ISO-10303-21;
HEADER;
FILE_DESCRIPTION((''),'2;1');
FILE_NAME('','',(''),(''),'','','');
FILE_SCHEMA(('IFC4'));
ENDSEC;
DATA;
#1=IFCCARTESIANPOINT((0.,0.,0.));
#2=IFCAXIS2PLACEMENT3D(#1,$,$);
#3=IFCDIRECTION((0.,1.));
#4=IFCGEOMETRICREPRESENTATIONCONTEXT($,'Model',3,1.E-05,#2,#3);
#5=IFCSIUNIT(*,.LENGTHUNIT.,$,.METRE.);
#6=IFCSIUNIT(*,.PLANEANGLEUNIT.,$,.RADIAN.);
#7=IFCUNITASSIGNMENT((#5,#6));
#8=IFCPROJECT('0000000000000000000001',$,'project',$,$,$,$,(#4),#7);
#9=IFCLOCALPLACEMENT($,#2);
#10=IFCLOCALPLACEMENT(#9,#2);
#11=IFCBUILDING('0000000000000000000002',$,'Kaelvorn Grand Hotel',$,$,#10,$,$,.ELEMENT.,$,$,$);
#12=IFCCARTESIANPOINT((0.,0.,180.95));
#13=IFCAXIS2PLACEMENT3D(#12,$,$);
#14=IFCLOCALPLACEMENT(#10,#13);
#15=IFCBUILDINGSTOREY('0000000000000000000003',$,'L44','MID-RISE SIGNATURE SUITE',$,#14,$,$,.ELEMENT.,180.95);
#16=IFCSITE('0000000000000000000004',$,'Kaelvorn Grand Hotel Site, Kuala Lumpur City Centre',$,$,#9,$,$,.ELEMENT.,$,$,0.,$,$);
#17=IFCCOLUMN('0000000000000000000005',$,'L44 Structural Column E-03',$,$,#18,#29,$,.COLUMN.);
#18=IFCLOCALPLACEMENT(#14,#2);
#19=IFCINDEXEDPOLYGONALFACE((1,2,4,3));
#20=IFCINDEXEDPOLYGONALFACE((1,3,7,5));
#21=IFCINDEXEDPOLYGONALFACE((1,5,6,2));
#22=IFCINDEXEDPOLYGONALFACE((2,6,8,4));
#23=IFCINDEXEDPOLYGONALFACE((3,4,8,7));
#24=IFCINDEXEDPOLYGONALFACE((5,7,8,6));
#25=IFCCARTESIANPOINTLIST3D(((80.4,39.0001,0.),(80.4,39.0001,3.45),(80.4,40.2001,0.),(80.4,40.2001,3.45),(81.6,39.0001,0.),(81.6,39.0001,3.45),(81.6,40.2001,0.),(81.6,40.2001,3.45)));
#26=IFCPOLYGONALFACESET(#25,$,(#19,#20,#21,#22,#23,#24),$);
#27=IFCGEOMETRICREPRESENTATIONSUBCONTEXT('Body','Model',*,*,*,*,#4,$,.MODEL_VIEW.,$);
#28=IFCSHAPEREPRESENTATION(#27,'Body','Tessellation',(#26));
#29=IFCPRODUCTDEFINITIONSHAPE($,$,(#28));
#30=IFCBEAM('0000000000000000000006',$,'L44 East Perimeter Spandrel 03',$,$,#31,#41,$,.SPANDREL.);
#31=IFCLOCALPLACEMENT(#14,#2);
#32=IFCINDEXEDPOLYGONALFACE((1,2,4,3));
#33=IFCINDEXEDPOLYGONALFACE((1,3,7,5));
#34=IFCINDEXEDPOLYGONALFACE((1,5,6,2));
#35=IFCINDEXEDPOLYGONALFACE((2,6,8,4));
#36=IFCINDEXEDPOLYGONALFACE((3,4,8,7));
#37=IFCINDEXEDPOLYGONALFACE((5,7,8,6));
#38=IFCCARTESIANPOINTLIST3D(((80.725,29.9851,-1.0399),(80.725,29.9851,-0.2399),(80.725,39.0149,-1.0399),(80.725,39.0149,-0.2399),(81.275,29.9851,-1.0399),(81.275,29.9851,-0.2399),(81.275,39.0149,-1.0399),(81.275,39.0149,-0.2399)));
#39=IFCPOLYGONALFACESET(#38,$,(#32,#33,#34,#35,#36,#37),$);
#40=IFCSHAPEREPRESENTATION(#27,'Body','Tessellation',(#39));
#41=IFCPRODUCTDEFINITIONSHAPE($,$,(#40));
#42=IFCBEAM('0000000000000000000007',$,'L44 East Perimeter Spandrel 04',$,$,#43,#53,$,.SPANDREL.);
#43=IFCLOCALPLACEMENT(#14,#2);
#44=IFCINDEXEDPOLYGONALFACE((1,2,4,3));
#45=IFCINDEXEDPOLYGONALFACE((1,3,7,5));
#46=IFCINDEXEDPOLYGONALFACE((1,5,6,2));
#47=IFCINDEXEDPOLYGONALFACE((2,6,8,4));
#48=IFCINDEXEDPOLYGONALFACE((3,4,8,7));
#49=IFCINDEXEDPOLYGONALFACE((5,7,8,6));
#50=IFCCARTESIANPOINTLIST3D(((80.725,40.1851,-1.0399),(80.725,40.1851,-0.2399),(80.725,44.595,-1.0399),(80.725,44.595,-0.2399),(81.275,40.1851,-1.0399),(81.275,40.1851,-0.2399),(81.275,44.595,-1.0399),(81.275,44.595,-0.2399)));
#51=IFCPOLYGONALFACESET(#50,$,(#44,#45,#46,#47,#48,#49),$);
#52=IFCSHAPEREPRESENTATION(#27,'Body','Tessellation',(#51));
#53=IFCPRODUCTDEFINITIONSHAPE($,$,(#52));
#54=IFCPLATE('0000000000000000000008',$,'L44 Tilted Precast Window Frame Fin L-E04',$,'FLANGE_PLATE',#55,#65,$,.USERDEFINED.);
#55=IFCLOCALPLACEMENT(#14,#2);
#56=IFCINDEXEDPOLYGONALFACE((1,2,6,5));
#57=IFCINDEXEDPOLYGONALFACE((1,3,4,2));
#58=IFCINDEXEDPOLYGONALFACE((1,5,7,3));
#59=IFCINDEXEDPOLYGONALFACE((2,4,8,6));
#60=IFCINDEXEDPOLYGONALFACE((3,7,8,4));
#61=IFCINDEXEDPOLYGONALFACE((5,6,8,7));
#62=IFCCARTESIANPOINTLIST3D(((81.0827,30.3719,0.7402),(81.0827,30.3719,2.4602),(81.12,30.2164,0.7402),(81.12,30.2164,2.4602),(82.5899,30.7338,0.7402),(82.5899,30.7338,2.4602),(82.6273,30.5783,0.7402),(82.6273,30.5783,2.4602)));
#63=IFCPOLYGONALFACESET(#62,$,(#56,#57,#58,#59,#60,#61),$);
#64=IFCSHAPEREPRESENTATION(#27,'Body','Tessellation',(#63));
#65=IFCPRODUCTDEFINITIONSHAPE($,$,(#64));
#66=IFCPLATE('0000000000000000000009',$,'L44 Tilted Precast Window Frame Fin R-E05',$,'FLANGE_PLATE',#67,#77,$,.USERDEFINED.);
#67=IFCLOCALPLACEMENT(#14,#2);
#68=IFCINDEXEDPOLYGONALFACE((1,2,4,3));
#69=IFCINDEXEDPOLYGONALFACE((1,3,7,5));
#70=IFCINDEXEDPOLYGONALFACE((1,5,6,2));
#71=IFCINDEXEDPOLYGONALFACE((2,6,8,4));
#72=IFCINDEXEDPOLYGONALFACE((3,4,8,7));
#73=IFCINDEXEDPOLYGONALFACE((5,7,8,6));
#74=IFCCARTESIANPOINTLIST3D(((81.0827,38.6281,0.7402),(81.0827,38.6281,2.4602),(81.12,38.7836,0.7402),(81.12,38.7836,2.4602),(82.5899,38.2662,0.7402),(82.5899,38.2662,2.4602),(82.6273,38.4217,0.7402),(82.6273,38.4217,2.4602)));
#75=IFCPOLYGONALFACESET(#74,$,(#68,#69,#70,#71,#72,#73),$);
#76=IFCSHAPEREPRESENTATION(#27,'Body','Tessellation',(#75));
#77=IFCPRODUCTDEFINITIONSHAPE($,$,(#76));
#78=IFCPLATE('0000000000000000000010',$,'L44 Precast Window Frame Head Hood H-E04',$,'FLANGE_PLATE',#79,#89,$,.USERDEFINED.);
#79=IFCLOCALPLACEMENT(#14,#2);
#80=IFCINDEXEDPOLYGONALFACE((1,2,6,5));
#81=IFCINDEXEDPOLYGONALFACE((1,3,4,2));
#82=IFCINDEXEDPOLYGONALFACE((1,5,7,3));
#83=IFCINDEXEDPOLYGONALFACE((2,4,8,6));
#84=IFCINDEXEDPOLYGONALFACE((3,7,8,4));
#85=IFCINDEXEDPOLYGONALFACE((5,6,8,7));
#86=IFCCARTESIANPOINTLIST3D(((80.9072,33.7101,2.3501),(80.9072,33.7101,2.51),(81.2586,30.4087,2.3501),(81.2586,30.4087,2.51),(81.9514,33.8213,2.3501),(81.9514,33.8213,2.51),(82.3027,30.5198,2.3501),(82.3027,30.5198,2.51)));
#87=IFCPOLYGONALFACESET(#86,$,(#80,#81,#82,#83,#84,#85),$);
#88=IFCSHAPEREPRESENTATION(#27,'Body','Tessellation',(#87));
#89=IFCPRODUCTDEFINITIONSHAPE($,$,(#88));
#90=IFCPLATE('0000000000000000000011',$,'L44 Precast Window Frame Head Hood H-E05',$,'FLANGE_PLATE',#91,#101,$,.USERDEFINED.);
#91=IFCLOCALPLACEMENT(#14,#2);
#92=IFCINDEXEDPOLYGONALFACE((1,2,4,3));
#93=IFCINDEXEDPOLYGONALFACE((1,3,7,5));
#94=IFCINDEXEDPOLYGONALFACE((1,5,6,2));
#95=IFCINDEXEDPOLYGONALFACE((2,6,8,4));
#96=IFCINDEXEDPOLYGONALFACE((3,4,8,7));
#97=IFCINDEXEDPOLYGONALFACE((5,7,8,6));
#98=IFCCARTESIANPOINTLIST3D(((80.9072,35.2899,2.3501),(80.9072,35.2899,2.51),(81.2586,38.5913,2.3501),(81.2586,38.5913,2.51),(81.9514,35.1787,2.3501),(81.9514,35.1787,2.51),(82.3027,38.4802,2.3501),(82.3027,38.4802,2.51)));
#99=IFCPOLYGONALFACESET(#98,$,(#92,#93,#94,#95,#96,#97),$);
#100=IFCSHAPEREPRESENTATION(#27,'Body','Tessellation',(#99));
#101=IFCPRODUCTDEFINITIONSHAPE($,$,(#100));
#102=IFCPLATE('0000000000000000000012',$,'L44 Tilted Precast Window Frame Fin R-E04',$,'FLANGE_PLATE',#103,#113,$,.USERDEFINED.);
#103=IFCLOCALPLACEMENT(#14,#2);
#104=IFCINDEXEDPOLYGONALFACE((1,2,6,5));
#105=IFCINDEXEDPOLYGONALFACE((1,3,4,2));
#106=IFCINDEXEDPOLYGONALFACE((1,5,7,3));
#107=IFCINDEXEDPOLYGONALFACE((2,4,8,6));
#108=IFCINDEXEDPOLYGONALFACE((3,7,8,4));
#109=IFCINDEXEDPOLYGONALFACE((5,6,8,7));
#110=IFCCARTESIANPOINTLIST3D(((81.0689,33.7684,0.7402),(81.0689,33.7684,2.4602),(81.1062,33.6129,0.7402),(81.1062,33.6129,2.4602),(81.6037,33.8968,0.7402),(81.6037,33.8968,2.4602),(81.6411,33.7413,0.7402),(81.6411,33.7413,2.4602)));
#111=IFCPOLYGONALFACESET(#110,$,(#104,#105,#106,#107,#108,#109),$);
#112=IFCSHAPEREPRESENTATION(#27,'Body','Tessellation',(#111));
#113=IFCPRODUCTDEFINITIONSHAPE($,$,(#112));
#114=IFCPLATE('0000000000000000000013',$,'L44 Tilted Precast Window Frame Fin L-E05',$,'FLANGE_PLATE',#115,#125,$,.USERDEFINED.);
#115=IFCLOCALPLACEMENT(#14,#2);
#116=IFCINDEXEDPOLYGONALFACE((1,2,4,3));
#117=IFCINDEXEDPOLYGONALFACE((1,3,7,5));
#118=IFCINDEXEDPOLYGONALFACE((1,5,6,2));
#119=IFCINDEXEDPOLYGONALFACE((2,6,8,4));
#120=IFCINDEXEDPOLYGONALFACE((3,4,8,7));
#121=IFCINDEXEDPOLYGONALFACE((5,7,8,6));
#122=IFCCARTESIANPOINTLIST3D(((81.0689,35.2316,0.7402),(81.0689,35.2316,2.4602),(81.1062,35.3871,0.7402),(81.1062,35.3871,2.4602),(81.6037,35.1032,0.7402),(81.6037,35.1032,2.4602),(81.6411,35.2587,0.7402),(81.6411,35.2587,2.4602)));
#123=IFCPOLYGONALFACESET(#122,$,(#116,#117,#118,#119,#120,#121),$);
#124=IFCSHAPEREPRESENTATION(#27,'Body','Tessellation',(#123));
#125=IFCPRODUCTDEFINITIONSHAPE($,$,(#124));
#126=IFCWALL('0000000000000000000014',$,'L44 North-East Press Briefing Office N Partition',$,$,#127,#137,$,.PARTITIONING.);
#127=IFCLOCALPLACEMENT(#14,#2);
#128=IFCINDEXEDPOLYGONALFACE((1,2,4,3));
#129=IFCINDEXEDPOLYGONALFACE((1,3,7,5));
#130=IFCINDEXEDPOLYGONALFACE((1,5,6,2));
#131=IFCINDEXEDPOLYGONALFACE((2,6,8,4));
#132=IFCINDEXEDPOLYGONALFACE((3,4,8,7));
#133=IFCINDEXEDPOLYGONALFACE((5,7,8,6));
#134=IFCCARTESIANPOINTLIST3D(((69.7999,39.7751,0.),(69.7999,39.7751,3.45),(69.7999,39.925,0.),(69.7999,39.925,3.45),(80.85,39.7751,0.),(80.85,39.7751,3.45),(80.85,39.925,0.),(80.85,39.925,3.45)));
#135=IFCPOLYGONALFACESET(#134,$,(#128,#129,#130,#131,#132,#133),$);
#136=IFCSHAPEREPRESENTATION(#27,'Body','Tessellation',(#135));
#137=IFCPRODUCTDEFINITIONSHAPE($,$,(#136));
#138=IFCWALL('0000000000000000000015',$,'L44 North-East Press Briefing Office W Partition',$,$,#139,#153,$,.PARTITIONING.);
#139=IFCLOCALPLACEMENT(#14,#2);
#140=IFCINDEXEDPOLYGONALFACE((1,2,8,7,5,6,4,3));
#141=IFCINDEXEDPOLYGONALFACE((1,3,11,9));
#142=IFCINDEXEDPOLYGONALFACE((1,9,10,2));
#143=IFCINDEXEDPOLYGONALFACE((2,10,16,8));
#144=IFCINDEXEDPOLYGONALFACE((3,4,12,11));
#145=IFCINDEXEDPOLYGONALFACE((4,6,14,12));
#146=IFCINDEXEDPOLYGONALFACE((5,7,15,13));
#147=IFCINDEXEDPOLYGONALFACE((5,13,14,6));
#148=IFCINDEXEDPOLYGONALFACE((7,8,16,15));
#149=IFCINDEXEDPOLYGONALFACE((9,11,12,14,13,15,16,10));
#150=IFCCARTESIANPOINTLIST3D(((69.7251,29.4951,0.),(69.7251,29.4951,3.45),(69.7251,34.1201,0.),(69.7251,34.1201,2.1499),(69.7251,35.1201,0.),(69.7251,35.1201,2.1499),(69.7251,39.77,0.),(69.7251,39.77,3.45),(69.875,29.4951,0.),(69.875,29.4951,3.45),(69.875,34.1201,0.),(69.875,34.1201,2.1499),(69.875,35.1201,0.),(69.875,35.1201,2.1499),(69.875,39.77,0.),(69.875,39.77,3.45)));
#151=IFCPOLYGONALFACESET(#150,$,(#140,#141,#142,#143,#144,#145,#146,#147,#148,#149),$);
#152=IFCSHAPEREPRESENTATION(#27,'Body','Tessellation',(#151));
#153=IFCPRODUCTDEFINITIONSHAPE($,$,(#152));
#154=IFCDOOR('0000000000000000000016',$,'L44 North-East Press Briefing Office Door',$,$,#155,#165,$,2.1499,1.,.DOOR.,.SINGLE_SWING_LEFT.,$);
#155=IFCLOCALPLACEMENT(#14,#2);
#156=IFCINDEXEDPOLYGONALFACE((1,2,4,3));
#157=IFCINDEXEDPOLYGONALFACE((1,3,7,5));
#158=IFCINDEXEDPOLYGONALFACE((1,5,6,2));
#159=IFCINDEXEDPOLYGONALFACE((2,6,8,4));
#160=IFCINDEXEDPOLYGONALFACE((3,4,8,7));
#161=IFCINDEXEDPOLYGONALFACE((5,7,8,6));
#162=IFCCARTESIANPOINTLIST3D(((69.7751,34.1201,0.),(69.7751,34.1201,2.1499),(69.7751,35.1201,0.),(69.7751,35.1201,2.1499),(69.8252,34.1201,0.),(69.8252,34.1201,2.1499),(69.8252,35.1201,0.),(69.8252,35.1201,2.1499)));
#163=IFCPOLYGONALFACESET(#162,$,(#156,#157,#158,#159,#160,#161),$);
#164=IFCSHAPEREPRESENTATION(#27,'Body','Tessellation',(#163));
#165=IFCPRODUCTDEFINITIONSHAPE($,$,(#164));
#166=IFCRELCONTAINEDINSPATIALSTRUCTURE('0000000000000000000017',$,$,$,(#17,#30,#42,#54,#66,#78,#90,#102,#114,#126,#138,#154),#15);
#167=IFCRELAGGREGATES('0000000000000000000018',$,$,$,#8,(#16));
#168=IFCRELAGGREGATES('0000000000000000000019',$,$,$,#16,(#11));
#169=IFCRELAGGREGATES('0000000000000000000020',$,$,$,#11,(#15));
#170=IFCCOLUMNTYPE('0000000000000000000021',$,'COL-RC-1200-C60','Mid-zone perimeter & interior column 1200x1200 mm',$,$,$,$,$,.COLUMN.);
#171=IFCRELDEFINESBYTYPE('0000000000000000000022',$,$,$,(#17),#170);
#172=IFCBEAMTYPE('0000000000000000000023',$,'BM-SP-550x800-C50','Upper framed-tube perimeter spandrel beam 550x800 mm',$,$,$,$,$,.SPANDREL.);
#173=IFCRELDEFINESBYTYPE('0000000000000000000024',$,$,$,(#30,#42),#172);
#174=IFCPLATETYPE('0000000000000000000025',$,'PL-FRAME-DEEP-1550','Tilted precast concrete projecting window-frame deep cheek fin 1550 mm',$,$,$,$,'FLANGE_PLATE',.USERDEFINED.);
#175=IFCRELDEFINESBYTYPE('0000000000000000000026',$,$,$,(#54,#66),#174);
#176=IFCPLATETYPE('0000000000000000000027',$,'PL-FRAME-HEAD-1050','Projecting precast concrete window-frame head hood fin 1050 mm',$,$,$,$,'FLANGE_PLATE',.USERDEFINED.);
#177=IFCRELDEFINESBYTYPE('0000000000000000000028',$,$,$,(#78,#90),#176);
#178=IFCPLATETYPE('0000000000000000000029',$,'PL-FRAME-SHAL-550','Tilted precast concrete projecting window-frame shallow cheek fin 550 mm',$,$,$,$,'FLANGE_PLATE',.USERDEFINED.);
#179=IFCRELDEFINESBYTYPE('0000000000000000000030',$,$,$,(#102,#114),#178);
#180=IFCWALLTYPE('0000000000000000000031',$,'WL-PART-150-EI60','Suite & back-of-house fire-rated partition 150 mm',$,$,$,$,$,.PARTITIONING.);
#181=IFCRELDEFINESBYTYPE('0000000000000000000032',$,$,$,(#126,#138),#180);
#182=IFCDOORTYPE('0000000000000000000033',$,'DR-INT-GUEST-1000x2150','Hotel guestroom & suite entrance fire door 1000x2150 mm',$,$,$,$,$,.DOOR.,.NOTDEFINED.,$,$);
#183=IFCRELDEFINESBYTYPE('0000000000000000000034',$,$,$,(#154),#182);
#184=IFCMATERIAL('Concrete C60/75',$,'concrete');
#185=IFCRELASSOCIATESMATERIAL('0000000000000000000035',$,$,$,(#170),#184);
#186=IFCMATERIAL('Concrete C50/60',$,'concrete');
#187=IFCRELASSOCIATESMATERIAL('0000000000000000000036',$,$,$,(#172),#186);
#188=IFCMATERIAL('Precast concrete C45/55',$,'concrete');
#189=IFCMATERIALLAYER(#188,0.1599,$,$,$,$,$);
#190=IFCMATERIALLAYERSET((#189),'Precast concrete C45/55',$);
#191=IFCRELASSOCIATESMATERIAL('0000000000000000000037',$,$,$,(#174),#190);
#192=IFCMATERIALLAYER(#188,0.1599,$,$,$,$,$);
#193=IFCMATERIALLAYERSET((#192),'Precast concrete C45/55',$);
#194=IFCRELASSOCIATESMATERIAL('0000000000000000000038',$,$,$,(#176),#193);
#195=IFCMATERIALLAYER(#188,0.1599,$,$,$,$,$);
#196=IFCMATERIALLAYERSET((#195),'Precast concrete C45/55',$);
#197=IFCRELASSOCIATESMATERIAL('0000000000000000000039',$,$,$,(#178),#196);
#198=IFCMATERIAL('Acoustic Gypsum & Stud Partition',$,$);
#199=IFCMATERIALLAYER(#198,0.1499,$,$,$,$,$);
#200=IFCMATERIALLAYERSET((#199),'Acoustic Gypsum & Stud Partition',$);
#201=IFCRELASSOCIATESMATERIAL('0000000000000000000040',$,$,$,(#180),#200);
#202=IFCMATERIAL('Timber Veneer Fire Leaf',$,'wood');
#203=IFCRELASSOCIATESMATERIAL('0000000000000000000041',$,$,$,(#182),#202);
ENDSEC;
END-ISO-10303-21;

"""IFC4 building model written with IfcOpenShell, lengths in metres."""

from ifc_helpers import new_model, si_unit, direction, frame, frame_2d, origin, origin_2d, place, context, subcontext, project, spatial, rectangle, extrude, material, layer, layer_set, material_profile, profile_set, type_object, element, fill, save


model = new_model("IFC4")

# Units and contexts
model_context = context("Model", 3, precision=1e-05, world=origin(), true_north=direction((0.0, 1.0)))
body_context = subcontext(model_context, "Body", "Model", "MODEL_VIEW")
ifc_project = project(units=[si_unit("LENGTHUNIT", "METRE"), si_unit("PLANEANGLEUNIT", "RADIAN")], contexts=[model_context])

# Site, building, storey
site_placement = place(None, origin())
site = spatial("IfcSite", under=ifc_project, at=site_placement, Name="Kaelvorn Grand Hotel Site, Kuala Lumpur City Centre", CompositionType="ELEMENT", RefElevation=0.0)
building_placement = place(site_placement, origin())
building = spatial("IfcBuilding", under=site, at=building_placement, Name="Kaelvorn Grand Hotel", CompositionType="ELEMENT")
storey_placement = place(building_placement, frame((0.0, 0.0, 180.95)))
storey = spatial("IfcBuildingStorey", under=building, at=storey_placement, Name="L44", Description="MID-RISE SIGNATURE SUITE", CompositionType="ELEMENT", Elevation=180.95)

# Column
ifc_material_1 = material(Name="Concrete C60/75", Category="concrete")
ifc_material_profile_1 = material_profile(ifc_material_1, rectangle(XDim=1.2, YDim=1.2, at=origin_2d()), Name="RC COL 1200x1200")
ifc_profile_set_1 = profile_set([ifc_material_profile_1], Name="Concrete C60/75")
column_type = type_object("IfcColumnType", Name="COL-RC-1200-C60", Description="Mid-zone perimeter & interior column 1200x1200 mm", PredefinedType="COLUMN", material=ifc_profile_set_1)
column_placement = place(storey_placement, frame((81.0, 39.6001, 0.0), z_axis=(0.0, 0.0, 1.0), x_axis=(1.0, 0.0, 0.0)))
element("IfcColumn", 1, at=column_placement, inside=storey, type_object=column_type, Name="L44 Structural Column E-03", PredefinedType="COLUMN", context=body_context, shape_type="SweptSolid", body=[
    extrude(rectangle(XDim=1.2, YDim=1.2, at=origin_2d()), origin(), (0.0, 0.0, 1.0), 3.45),
])

# Beams
ifc_material_2 = material(Name="Concrete C50/60", Category="concrete")
ifc_material_profile_2 = material_profile(ifc_material_2, rectangle(XDim=0.55, YDim=0.8, at=origin_2d()), Name="RC SPANDREL 550x800")
ifc_profile_set_2 = profile_set([ifc_material_profile_2], Name="Concrete C50/60")
beam_type = type_object("IfcBeamType", Name="BM-SP-550x800-C50", Description="Upper framed-tube perimeter spandrel beam 550x800 mm", PredefinedType="SPANDREL", material=ifc_profile_set_2)
beam_1_placement = place(storey_placement, frame((81.0, 29.9851, -0.6399), z_axis=(0.0, 1.0, 0.0), x_axis=(-1.0, 0.0, 0.0)))
element("IfcBeam", 2, at=beam_1_placement, inside=storey, type_object=beam_type, Name="L44 East Perimeter Spandrel 03", PredefinedType="SPANDREL", context=body_context, shape_type="SweptSolid", body=[
    extrude(rectangle(XDim=0.55, YDim=0.8, at=origin_2d()), origin(), (0.0, 0.0, 1.0), 9.0298),
])
beam_2_placement = place(storey_placement, frame((81.0, 40.1851, -0.6399), z_axis=(0.0, 1.0, 0.0), x_axis=(-1.0, 0.0, 0.0)))
element("IfcBeam", 3, at=beam_2_placement, inside=storey, type_object=beam_type, Name="L44 East Perimeter Spandrel 04", PredefinedType="SPANDREL", context=body_context, shape_type="SweptSolid", body=[
    extrude(rectangle(XDim=0.55, YDim=0.8, at=origin_2d()), origin(), (0.0, 0.0, 1.0), 4.4099),
])

# Plates
ifc_material_3 = material(Name="Precast concrete C45/55", Category="concrete")
ifc_layer_1 = layer(ifc_material_3, 0.1599)
ifc_layer_set_1 = layer_set([ifc_layer_1], Name="Precast concrete C45/55")
plate_type_1 = type_object("IfcPlateType", Name="PL-FRAME-DEEP-1550", Description="Tilted precast concrete projecting window-frame deep cheek fin 1550 mm", ElementType="FLANGE_PLATE", PredefinedType="USERDEFINED", material=ifc_layer_set_1)
for number, where, z_axis, x_axis, name in (
    (4, (81.855, 30.4751, 0.7402), (0.0, 0.0, 1.0), (-0.233445, 0.97237, 0.0), "L44 Tilted Precast Window Frame Fin L-E04"),
    (5, (81.855, 38.5249, 0.7402), (0.0, 0.0, 1.0), (0.233445, 0.97237, 0.0), "L44 Tilted Precast Window Frame Fin R-E05"),
):
    element("IfcPlate", number, at=place(storey_placement, frame(where, z_axis=z_axis, x_axis=x_axis)), inside=storey, type_object=plate_type_1, Name=name, ObjectType="FLANGE_PLATE", PredefinedType="USERDEFINED", context=body_context, shape_type="SweptSolid", body=[
        extrude(rectangle(XDim=0.1599, YDim=1.55, at=origin_2d()), origin(), (0.0, 0.0, 1.0), 1.72),
    ])
ifc_layer_2 = layer(ifc_material_3, 0.1599)
ifc_layer_set_2 = layer_set([ifc_layer_2], Name="Precast concrete C45/55")
plate_type_2 = type_object("IfcPlateType", Name="PL-FRAME-HEAD-1050", Description="Projecting precast concrete window-frame head hood fin 1050 mm", ElementType="FLANGE_PLATE", PredefinedType="USERDEFINED", material=ifc_layer_set_2)
for number, where, z_axis, x_axis, name in (
    (6, (81.605, 32.115, 2.3501), (0.0, 0.0, 1.0), (-0.10583, 0.994384, 0.0), "L44 Precast Window Frame Head Hood H-E04"),
    (7, (81.605, 36.885, 2.3501), (0.0, 0.0, 1.0), (0.10583, 0.994384, 0.0), "L44 Precast Window Frame Head Hood H-E05"),
):
    element("IfcPlate", number, at=place(storey_placement, frame(where, z_axis=z_axis, x_axis=x_axis)), inside=storey, type_object=plate_type_2, Name=name, ObjectType="FLANGE_PLATE", PredefinedType="USERDEFINED", context=body_context, shape_type="SweptSolid", body=[
        extrude(rectangle(XDim=3.3201, YDim=1.05, at=origin_2d()), origin(), (0.0, 0.0, 1.0), 0.1599),
    ])
ifc_layer_3 = layer(ifc_material_3, 0.1599)
ifc_layer_set_3 = layer_set([ifc_layer_3], Name="Precast concrete C45/55")
plate_type_3 = type_object("IfcPlateType", Name="PL-FRAME-SHAL-550", Description="Tilted precast concrete projecting window-frame shallow cheek fin 550 mm", ElementType="FLANGE_PLATE", PredefinedType="USERDEFINED", material=ifc_layer_set_3)
for number, where, z_axis, x_axis, name in (
    (8, (81.355, 33.7549, 0.7402), (0.0, 0.0, 1.0), (-0.233445, 0.97237, 0.0), "L44 Tilted Precast Window Frame Fin R-E04"),
    (9, (81.355, 35.2451, 0.7402), (0.0, 0.0, 1.0), (0.233445, 0.97237, 0.0), "L44 Tilted Precast Window Frame Fin L-E05"),
):
    element("IfcPlate", number, at=place(storey_placement, frame(where, z_axis=z_axis, x_axis=x_axis)), inside=storey, type_object=plate_type_3, Name=name, ObjectType="FLANGE_PLATE", PredefinedType="USERDEFINED", context=body_context, shape_type="SweptSolid", body=[
        extrude(rectangle(XDim=0.1599, YDim=0.55, at=origin_2d()), origin(), (0.0, 0.0, 1.0), 1.72),
    ])

# Wall
ifc_material_4 = material(Name="Acoustic Gypsum & Stud Partition")
ifc_layer_4 = layer(ifc_material_4, 0.1499)
ifc_layer_set_4 = layer_set([ifc_layer_4], Name="Acoustic Gypsum & Stud Partition")
wall_type = type_object("IfcWallType", Name="WL-PART-150-EI60", Description="Suite & back-of-house fire-rated partition 150 mm", PredefinedType="PARTITIONING", material=ifc_layer_set_4)
wall_1_placement = place(storey_placement, frame((69.8, 39.8501, 0.0), z_axis=(0.0, 0.0, 1.0), x_axis=(1.0, 0.0, 0.0)))
element("IfcWall", 10, at=wall_1_placement, inside=storey, type_object=wall_type, Name="L44 North-East Press Briefing Office N Partition", PredefinedType="PARTITIONING", context=body_context, shape_type="SweptSolid", body=[
    extrude(rectangle(XDim=11.05, YDim=0.1499, at=frame_2d((5.5249, 0.0))), origin(), (0.0, 0.0, 1.0), 3.45),
])

# Wall, opening, door
wall_2_placement = place(storey_placement, frame((69.8, 29.4951, 0.0), z_axis=(0.0, 0.0, 1.0), x_axis=(0.0, 1.0, 0.0)))
wall_2 = element("IfcWall", 11, at=wall_2_placement, inside=storey, type_object=wall_type, Name="L44 North-East Press Briefing Office W Partition", PredefinedType="PARTITIONING", context=body_context, shape_type="SweptSolid", body=[
    extrude(rectangle(XDim=10.2749, YDim=0.1499, at=frame_2d((5.1375, 0.0))), origin(), (0.0, 0.0, 1.0), 3.45),
])
opening_1_placement = place(wall_2_placement, frame((4.625, 0.0, 0.0)))
opening_1 = element("IfcOpeningElement", 12, at=opening_1_placement, cuts=wall_2, PredefinedType="OPENING", context=body_context, shape_type="SweptSolid", body=[
    extrude(rectangle(XDim=1.0, YDim=2.1499, at=frame_2d((0.5, 1.075))), frame((0.0, 0.085, 0.0), z_axis=(0.0, -1.0, 0.0), x_axis=(1.0, 0.0, 0.0)), (0.0, 0.0, 1.0), 0.1699),
])
ifc_material_5 = material(Name="Timber Veneer Fire Leaf", Category="wood")
door_type = type_object("IfcDoorType", Name="DR-INT-GUEST-1000x2150", Description="Hotel guestroom & suite entrance fire door 1000x2150 mm", OperationType="NOTDEFINED", PredefinedType="DOOR", material=ifc_material_5)
door_1_placement = place(opening_1_placement, origin())
door_1 = element("IfcDoor", 13, at=door_1_placement, inside=storey, type_object=door_type, Name="L44 North-East Press Briefing Office Door", OperationType="SINGLE_SWING_LEFT", OverallHeight=2.1499, OverallWidth=1.0, PredefinedType="DOOR", context=body_context, shape_type="SweptSolid", body=[
    extrude(rectangle(XDim=1.0, YDim=2.1499, at=frame_2d((0.5, 1.075))), frame((0.0, 0.0249, 0.0), z_axis=(0.0, -1.0, 0.0), x_axis=(1.0, 0.0, 0.0)), (0.0, 0.0, 1.0), 0.05),
])
fill(opening_1, door_1)

save(model, "model.ifc")
